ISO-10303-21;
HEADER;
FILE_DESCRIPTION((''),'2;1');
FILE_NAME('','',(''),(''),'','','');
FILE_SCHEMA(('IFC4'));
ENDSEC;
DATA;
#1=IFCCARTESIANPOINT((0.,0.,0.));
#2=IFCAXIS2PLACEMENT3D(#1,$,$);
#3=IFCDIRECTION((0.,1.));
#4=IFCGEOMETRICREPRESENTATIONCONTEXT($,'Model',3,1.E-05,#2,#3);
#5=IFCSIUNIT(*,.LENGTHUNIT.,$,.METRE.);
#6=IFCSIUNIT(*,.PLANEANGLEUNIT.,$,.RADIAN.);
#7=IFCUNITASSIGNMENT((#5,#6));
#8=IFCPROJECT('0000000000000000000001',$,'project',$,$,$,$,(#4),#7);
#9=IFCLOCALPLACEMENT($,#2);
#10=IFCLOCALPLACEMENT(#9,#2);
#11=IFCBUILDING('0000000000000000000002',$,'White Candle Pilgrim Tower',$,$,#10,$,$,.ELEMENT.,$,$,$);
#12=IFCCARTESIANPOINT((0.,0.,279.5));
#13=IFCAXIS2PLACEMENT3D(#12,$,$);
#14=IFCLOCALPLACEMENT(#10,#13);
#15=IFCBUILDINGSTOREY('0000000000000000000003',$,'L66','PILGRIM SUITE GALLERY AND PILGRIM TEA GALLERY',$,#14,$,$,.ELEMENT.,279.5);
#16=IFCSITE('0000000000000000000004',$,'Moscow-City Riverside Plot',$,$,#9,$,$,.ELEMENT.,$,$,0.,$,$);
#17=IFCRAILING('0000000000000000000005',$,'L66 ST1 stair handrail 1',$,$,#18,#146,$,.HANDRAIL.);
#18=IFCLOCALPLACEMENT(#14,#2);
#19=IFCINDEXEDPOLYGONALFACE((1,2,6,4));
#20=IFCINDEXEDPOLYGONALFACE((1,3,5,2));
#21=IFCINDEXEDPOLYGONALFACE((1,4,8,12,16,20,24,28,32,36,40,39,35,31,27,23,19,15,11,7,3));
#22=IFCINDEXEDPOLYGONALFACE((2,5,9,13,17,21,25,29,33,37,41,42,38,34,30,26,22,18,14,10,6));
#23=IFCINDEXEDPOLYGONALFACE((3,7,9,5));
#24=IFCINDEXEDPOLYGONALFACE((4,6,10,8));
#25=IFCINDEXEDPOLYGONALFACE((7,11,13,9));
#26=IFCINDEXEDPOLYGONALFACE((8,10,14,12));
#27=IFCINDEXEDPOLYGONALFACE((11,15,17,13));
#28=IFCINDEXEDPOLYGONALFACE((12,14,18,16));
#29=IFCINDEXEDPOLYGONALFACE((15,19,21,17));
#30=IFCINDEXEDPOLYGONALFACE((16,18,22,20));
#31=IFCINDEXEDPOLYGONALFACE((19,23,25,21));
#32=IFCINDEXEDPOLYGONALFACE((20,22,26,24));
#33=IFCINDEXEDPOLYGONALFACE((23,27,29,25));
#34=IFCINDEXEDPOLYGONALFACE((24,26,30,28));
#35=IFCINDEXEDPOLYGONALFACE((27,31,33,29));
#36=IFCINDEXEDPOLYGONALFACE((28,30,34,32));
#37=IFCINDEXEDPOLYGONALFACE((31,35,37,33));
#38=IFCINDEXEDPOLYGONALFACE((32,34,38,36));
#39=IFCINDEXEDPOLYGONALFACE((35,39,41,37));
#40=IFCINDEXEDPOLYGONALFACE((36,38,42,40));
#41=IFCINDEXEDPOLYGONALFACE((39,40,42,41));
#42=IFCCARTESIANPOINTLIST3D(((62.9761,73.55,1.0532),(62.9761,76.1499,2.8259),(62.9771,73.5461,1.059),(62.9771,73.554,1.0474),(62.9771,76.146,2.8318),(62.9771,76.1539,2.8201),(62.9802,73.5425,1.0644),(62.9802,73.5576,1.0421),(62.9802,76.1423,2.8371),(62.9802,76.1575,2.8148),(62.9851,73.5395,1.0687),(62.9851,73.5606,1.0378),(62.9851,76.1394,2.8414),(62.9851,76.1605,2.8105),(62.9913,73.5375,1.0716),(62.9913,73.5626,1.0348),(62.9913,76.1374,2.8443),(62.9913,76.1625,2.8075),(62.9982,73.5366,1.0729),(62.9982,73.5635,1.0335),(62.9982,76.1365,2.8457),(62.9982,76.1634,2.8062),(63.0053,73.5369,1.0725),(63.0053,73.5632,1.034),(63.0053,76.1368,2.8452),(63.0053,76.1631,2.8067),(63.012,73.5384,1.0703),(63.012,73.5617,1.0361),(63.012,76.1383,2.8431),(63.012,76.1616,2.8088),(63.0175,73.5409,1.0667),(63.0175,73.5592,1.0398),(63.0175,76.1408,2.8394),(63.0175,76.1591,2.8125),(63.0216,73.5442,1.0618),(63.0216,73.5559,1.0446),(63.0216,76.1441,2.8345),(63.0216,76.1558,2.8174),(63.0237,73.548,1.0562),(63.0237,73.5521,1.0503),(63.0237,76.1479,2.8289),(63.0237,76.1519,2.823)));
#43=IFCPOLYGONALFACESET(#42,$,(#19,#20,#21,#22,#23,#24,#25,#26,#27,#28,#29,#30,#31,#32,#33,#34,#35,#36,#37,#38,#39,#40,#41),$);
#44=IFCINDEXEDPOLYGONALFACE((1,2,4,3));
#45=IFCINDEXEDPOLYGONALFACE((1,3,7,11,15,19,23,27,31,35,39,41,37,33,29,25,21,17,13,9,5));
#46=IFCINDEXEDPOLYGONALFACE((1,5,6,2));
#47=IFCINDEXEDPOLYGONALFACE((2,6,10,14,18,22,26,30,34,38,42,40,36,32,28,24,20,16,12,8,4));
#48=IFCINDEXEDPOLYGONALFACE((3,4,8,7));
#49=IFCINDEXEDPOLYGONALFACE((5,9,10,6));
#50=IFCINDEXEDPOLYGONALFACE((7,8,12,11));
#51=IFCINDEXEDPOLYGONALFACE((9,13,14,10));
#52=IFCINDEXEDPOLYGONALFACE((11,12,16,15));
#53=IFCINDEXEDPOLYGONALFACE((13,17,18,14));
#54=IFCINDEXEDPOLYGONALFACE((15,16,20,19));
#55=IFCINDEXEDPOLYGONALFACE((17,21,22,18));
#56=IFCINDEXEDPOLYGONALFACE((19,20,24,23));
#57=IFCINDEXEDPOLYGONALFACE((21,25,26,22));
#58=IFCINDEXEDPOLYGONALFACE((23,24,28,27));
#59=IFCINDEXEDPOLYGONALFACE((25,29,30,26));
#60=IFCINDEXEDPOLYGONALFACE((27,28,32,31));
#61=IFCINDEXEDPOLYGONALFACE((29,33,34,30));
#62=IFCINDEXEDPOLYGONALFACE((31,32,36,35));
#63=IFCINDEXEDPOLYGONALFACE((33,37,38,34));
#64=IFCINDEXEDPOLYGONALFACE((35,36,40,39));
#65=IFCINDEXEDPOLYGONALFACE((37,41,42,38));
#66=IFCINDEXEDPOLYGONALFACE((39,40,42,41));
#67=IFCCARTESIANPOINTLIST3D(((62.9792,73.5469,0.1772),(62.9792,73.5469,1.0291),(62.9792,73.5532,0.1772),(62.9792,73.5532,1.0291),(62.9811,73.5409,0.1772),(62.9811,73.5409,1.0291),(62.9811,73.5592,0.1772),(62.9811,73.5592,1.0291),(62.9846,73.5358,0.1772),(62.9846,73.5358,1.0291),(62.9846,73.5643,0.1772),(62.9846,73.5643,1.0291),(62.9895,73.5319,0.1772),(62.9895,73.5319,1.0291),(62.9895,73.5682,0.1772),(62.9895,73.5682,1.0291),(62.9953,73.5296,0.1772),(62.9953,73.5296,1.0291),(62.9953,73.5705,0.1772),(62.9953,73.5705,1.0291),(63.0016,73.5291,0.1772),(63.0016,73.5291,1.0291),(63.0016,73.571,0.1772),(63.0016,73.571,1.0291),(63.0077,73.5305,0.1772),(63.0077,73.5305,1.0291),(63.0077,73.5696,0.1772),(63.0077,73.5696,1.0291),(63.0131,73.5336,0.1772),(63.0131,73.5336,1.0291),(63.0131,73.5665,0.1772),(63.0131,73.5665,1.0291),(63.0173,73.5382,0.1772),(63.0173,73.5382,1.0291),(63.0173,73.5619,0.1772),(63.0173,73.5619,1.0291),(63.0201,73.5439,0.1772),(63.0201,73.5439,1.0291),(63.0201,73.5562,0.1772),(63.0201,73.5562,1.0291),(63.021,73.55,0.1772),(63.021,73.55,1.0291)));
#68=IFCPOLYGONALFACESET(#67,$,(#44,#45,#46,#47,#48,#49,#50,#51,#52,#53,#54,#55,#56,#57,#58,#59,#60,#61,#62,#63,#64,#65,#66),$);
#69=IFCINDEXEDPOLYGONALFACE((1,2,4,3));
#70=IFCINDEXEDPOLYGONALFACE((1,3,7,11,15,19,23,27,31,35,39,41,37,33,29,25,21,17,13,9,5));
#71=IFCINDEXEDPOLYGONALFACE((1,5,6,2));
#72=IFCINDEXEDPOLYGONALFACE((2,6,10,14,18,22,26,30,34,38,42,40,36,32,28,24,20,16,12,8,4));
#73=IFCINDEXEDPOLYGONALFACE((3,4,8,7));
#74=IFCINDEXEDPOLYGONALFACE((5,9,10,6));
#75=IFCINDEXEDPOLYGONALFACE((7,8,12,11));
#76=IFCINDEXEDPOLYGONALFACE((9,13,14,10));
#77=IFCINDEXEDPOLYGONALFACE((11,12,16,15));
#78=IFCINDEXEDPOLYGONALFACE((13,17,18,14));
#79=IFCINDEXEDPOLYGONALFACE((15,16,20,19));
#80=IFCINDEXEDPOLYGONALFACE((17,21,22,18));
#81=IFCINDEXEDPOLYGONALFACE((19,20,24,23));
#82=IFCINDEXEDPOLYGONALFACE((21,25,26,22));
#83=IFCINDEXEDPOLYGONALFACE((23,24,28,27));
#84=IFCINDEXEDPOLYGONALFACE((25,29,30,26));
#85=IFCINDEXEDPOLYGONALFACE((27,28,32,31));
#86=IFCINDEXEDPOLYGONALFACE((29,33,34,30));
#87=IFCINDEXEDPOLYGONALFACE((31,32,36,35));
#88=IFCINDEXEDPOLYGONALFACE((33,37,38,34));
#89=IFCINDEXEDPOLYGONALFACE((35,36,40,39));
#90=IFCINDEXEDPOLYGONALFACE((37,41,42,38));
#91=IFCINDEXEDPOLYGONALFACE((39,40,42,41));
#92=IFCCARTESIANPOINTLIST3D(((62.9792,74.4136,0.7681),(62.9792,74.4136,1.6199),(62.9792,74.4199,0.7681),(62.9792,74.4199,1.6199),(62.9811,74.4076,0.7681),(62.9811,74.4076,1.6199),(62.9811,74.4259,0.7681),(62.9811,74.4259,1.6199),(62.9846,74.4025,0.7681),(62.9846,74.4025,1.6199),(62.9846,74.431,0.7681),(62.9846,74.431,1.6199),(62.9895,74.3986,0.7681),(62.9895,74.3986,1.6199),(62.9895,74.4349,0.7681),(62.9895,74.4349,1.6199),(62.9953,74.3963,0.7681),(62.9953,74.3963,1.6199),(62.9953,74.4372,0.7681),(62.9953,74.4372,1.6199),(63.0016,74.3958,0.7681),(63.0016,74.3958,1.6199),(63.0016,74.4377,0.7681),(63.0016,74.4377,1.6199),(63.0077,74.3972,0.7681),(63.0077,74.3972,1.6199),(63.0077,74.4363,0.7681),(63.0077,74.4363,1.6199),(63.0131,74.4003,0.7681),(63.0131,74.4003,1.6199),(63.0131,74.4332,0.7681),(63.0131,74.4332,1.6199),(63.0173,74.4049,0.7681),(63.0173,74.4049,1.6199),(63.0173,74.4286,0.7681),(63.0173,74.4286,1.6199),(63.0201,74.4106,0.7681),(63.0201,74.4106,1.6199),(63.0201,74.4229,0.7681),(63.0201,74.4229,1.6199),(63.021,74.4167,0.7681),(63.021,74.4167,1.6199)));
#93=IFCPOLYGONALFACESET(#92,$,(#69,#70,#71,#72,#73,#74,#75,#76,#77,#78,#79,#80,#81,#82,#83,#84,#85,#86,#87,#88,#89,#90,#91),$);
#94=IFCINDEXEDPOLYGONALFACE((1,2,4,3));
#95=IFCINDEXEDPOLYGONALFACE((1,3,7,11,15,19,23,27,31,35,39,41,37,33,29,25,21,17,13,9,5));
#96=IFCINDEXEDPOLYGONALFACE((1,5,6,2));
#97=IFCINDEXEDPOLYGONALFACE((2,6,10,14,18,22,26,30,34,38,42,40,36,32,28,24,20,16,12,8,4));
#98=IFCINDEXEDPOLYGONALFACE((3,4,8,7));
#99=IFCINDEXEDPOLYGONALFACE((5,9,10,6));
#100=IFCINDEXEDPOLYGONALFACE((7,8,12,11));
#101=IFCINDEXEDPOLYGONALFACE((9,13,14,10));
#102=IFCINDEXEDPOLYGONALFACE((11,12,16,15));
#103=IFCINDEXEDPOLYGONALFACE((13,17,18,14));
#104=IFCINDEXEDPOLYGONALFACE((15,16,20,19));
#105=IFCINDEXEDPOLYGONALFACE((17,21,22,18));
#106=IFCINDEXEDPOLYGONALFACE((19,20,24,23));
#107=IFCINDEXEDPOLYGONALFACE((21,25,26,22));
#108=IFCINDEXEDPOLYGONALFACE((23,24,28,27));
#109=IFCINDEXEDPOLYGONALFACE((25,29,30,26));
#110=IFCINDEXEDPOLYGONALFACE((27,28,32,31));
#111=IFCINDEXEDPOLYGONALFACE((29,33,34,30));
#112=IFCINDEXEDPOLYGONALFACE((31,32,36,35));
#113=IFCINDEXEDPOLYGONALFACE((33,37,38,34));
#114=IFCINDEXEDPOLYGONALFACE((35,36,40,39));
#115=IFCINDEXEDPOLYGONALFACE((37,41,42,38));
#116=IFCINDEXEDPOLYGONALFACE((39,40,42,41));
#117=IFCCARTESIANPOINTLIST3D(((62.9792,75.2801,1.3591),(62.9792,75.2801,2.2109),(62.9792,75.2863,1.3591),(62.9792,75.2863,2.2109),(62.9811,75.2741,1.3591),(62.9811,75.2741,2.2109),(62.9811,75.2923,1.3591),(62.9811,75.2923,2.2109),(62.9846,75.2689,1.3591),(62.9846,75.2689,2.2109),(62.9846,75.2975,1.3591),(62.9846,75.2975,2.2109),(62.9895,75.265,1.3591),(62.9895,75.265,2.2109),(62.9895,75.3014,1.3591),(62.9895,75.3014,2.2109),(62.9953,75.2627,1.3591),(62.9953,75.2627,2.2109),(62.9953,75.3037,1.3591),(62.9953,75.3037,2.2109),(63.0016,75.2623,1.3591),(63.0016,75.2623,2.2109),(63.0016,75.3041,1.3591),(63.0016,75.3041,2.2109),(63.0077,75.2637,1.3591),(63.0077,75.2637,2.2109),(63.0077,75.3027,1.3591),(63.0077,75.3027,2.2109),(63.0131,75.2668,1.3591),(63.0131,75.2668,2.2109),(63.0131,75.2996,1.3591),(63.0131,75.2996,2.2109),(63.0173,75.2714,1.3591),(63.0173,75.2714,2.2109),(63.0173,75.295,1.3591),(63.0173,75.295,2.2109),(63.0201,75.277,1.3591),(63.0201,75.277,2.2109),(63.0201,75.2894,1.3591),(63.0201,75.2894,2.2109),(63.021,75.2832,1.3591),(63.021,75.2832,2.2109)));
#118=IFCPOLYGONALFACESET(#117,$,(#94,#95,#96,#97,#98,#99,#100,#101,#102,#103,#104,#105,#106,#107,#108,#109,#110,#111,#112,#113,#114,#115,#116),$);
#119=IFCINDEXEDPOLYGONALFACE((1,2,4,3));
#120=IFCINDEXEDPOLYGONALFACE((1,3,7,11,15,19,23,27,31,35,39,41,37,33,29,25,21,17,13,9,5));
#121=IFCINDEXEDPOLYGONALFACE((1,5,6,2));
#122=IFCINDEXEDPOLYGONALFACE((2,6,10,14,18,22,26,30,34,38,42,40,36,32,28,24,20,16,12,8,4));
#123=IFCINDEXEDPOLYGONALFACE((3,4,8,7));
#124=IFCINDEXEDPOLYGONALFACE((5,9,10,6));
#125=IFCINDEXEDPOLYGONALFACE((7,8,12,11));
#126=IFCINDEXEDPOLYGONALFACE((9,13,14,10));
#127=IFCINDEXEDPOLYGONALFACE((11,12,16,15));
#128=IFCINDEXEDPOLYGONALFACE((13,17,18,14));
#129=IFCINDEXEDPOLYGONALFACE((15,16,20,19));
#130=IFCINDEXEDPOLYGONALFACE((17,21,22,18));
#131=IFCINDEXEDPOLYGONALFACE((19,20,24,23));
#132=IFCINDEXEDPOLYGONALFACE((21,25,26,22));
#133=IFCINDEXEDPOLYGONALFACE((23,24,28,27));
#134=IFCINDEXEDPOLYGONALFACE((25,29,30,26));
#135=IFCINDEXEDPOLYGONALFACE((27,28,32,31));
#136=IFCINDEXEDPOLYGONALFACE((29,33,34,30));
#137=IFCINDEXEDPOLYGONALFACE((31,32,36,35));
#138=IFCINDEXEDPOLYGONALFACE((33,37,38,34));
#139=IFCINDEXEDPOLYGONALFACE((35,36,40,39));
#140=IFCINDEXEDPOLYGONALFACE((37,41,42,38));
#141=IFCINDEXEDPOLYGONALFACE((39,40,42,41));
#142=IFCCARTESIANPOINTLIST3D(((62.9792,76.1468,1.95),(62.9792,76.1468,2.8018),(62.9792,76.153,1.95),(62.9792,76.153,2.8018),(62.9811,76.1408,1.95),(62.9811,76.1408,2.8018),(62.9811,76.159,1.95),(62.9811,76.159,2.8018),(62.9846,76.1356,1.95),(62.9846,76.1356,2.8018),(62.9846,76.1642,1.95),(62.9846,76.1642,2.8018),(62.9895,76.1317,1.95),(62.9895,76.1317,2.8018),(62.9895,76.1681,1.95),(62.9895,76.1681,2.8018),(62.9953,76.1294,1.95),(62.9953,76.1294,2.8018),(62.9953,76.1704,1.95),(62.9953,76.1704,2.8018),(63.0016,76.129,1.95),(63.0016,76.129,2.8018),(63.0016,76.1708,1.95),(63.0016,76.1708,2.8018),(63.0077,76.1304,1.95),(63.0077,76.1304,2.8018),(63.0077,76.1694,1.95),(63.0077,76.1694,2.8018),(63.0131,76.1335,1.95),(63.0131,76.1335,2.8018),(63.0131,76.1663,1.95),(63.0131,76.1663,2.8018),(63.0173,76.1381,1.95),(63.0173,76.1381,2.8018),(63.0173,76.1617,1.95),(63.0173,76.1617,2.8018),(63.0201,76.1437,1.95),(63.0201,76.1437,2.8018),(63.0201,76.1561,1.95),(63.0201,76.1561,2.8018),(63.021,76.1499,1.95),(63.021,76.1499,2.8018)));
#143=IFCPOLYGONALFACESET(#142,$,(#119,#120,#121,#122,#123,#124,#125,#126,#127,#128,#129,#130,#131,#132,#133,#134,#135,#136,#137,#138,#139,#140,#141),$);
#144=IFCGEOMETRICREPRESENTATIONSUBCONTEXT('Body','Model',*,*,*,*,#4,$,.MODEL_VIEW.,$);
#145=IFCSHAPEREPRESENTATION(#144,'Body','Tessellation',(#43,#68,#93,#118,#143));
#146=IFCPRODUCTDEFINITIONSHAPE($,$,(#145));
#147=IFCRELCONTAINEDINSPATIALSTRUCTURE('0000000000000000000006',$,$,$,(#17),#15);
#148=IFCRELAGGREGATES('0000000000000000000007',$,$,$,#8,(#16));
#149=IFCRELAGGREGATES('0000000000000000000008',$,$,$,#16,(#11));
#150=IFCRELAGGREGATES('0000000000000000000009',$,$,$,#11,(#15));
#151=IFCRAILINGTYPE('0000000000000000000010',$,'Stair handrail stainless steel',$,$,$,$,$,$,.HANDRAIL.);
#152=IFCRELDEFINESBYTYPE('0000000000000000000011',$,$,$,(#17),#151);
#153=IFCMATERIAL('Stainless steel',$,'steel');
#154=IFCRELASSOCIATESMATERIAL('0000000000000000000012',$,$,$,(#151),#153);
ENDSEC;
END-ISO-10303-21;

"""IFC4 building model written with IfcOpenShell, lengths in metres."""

from ifc_helpers import new_model, si_unit, direction, frame, origin, origin_2d, place, context, subcontext, project, spatial, circle, extrude, material, type_object, element, save


model = new_model("IFC4")

# Units and contexts
model_context = context("Model", 3, precision=1e-05, world=origin(), true_north=direction((0.0, 1.0)))
body_context = subcontext(model_context, "Body", "Model", "MODEL_VIEW")
ifc_project = project(units=[si_unit("LENGTHUNIT", "METRE"), si_unit("PLANEANGLEUNIT", "RADIAN")], contexts=[model_context])

# Site, building, storey
site_placement = place(None, origin())
site = spatial("IfcSite", under=ifc_project, at=site_placement, Name="Moscow-City Riverside Plot", CompositionType="ELEMENT", RefElevation=0.0)
building_placement = place(site_placement, origin())
building = spatial("IfcBuilding", under=site, at=building_placement, Name="White Candle Pilgrim Tower", CompositionType="ELEMENT")
storey_placement = place(building_placement, frame((0.0, 0.0, 279.5)))
storey = spatial("IfcBuildingStorey", under=building, at=storey_placement, Name="L66", Description="PILGRIM SUITE GALLERY AND PILGRIM TEA GALLERY", CompositionType="ELEMENT", Elevation=279.5)

# Railing
ifc_material_1 = material(Name="Stainless steel", Category="steel")
railing_type_1 = type_object("IfcRailingType", Name="Stair handrail stainless steel", PredefinedType="HANDRAIL", material=ifc_material_1)
railing_1_placement = place(storey_placement, frame((63.0, 73.55, 0.1772)))
element("IfcRailing", 1, at=railing_1_placement, inside=storey, type_object=railing_type_1, Name="L66 ST1 stair handrail 1", PredefinedType="HANDRAIL", context=body_context, shape_type="SweptSolid", body=[
    extrude(circle(Radius=0.0239, at=origin_2d()), frame((0.0, 0.0, 0.876), z_axis=(0.0, 0.826216, 0.563354), x_axis=(-1.0, 0.0, 0.0)), (0.0, 0.0, 1.0), 3.1467),
    extrude(circle(Radius=0.021, at=origin_2d()), origin(), (0.0, 0.0, 1.0), 0.8518),
    extrude(circle(Radius=0.021, at=origin_2d()), frame((0.0, 0.8667, 0.5908)), (0.0, 0.0, 1.0), 0.8518),
    extrude(circle(Radius=0.021, at=origin_2d()), frame((0.0, 1.7332, 1.1819)), (0.0, 0.0, 1.0), 0.8518),
    extrude(circle(Radius=0.021, at=origin_2d()), frame((0.0, 2.5999, 1.7727)), (0.0, 0.0, 1.0), 0.8518),
])

save(model, "model.ifc")
